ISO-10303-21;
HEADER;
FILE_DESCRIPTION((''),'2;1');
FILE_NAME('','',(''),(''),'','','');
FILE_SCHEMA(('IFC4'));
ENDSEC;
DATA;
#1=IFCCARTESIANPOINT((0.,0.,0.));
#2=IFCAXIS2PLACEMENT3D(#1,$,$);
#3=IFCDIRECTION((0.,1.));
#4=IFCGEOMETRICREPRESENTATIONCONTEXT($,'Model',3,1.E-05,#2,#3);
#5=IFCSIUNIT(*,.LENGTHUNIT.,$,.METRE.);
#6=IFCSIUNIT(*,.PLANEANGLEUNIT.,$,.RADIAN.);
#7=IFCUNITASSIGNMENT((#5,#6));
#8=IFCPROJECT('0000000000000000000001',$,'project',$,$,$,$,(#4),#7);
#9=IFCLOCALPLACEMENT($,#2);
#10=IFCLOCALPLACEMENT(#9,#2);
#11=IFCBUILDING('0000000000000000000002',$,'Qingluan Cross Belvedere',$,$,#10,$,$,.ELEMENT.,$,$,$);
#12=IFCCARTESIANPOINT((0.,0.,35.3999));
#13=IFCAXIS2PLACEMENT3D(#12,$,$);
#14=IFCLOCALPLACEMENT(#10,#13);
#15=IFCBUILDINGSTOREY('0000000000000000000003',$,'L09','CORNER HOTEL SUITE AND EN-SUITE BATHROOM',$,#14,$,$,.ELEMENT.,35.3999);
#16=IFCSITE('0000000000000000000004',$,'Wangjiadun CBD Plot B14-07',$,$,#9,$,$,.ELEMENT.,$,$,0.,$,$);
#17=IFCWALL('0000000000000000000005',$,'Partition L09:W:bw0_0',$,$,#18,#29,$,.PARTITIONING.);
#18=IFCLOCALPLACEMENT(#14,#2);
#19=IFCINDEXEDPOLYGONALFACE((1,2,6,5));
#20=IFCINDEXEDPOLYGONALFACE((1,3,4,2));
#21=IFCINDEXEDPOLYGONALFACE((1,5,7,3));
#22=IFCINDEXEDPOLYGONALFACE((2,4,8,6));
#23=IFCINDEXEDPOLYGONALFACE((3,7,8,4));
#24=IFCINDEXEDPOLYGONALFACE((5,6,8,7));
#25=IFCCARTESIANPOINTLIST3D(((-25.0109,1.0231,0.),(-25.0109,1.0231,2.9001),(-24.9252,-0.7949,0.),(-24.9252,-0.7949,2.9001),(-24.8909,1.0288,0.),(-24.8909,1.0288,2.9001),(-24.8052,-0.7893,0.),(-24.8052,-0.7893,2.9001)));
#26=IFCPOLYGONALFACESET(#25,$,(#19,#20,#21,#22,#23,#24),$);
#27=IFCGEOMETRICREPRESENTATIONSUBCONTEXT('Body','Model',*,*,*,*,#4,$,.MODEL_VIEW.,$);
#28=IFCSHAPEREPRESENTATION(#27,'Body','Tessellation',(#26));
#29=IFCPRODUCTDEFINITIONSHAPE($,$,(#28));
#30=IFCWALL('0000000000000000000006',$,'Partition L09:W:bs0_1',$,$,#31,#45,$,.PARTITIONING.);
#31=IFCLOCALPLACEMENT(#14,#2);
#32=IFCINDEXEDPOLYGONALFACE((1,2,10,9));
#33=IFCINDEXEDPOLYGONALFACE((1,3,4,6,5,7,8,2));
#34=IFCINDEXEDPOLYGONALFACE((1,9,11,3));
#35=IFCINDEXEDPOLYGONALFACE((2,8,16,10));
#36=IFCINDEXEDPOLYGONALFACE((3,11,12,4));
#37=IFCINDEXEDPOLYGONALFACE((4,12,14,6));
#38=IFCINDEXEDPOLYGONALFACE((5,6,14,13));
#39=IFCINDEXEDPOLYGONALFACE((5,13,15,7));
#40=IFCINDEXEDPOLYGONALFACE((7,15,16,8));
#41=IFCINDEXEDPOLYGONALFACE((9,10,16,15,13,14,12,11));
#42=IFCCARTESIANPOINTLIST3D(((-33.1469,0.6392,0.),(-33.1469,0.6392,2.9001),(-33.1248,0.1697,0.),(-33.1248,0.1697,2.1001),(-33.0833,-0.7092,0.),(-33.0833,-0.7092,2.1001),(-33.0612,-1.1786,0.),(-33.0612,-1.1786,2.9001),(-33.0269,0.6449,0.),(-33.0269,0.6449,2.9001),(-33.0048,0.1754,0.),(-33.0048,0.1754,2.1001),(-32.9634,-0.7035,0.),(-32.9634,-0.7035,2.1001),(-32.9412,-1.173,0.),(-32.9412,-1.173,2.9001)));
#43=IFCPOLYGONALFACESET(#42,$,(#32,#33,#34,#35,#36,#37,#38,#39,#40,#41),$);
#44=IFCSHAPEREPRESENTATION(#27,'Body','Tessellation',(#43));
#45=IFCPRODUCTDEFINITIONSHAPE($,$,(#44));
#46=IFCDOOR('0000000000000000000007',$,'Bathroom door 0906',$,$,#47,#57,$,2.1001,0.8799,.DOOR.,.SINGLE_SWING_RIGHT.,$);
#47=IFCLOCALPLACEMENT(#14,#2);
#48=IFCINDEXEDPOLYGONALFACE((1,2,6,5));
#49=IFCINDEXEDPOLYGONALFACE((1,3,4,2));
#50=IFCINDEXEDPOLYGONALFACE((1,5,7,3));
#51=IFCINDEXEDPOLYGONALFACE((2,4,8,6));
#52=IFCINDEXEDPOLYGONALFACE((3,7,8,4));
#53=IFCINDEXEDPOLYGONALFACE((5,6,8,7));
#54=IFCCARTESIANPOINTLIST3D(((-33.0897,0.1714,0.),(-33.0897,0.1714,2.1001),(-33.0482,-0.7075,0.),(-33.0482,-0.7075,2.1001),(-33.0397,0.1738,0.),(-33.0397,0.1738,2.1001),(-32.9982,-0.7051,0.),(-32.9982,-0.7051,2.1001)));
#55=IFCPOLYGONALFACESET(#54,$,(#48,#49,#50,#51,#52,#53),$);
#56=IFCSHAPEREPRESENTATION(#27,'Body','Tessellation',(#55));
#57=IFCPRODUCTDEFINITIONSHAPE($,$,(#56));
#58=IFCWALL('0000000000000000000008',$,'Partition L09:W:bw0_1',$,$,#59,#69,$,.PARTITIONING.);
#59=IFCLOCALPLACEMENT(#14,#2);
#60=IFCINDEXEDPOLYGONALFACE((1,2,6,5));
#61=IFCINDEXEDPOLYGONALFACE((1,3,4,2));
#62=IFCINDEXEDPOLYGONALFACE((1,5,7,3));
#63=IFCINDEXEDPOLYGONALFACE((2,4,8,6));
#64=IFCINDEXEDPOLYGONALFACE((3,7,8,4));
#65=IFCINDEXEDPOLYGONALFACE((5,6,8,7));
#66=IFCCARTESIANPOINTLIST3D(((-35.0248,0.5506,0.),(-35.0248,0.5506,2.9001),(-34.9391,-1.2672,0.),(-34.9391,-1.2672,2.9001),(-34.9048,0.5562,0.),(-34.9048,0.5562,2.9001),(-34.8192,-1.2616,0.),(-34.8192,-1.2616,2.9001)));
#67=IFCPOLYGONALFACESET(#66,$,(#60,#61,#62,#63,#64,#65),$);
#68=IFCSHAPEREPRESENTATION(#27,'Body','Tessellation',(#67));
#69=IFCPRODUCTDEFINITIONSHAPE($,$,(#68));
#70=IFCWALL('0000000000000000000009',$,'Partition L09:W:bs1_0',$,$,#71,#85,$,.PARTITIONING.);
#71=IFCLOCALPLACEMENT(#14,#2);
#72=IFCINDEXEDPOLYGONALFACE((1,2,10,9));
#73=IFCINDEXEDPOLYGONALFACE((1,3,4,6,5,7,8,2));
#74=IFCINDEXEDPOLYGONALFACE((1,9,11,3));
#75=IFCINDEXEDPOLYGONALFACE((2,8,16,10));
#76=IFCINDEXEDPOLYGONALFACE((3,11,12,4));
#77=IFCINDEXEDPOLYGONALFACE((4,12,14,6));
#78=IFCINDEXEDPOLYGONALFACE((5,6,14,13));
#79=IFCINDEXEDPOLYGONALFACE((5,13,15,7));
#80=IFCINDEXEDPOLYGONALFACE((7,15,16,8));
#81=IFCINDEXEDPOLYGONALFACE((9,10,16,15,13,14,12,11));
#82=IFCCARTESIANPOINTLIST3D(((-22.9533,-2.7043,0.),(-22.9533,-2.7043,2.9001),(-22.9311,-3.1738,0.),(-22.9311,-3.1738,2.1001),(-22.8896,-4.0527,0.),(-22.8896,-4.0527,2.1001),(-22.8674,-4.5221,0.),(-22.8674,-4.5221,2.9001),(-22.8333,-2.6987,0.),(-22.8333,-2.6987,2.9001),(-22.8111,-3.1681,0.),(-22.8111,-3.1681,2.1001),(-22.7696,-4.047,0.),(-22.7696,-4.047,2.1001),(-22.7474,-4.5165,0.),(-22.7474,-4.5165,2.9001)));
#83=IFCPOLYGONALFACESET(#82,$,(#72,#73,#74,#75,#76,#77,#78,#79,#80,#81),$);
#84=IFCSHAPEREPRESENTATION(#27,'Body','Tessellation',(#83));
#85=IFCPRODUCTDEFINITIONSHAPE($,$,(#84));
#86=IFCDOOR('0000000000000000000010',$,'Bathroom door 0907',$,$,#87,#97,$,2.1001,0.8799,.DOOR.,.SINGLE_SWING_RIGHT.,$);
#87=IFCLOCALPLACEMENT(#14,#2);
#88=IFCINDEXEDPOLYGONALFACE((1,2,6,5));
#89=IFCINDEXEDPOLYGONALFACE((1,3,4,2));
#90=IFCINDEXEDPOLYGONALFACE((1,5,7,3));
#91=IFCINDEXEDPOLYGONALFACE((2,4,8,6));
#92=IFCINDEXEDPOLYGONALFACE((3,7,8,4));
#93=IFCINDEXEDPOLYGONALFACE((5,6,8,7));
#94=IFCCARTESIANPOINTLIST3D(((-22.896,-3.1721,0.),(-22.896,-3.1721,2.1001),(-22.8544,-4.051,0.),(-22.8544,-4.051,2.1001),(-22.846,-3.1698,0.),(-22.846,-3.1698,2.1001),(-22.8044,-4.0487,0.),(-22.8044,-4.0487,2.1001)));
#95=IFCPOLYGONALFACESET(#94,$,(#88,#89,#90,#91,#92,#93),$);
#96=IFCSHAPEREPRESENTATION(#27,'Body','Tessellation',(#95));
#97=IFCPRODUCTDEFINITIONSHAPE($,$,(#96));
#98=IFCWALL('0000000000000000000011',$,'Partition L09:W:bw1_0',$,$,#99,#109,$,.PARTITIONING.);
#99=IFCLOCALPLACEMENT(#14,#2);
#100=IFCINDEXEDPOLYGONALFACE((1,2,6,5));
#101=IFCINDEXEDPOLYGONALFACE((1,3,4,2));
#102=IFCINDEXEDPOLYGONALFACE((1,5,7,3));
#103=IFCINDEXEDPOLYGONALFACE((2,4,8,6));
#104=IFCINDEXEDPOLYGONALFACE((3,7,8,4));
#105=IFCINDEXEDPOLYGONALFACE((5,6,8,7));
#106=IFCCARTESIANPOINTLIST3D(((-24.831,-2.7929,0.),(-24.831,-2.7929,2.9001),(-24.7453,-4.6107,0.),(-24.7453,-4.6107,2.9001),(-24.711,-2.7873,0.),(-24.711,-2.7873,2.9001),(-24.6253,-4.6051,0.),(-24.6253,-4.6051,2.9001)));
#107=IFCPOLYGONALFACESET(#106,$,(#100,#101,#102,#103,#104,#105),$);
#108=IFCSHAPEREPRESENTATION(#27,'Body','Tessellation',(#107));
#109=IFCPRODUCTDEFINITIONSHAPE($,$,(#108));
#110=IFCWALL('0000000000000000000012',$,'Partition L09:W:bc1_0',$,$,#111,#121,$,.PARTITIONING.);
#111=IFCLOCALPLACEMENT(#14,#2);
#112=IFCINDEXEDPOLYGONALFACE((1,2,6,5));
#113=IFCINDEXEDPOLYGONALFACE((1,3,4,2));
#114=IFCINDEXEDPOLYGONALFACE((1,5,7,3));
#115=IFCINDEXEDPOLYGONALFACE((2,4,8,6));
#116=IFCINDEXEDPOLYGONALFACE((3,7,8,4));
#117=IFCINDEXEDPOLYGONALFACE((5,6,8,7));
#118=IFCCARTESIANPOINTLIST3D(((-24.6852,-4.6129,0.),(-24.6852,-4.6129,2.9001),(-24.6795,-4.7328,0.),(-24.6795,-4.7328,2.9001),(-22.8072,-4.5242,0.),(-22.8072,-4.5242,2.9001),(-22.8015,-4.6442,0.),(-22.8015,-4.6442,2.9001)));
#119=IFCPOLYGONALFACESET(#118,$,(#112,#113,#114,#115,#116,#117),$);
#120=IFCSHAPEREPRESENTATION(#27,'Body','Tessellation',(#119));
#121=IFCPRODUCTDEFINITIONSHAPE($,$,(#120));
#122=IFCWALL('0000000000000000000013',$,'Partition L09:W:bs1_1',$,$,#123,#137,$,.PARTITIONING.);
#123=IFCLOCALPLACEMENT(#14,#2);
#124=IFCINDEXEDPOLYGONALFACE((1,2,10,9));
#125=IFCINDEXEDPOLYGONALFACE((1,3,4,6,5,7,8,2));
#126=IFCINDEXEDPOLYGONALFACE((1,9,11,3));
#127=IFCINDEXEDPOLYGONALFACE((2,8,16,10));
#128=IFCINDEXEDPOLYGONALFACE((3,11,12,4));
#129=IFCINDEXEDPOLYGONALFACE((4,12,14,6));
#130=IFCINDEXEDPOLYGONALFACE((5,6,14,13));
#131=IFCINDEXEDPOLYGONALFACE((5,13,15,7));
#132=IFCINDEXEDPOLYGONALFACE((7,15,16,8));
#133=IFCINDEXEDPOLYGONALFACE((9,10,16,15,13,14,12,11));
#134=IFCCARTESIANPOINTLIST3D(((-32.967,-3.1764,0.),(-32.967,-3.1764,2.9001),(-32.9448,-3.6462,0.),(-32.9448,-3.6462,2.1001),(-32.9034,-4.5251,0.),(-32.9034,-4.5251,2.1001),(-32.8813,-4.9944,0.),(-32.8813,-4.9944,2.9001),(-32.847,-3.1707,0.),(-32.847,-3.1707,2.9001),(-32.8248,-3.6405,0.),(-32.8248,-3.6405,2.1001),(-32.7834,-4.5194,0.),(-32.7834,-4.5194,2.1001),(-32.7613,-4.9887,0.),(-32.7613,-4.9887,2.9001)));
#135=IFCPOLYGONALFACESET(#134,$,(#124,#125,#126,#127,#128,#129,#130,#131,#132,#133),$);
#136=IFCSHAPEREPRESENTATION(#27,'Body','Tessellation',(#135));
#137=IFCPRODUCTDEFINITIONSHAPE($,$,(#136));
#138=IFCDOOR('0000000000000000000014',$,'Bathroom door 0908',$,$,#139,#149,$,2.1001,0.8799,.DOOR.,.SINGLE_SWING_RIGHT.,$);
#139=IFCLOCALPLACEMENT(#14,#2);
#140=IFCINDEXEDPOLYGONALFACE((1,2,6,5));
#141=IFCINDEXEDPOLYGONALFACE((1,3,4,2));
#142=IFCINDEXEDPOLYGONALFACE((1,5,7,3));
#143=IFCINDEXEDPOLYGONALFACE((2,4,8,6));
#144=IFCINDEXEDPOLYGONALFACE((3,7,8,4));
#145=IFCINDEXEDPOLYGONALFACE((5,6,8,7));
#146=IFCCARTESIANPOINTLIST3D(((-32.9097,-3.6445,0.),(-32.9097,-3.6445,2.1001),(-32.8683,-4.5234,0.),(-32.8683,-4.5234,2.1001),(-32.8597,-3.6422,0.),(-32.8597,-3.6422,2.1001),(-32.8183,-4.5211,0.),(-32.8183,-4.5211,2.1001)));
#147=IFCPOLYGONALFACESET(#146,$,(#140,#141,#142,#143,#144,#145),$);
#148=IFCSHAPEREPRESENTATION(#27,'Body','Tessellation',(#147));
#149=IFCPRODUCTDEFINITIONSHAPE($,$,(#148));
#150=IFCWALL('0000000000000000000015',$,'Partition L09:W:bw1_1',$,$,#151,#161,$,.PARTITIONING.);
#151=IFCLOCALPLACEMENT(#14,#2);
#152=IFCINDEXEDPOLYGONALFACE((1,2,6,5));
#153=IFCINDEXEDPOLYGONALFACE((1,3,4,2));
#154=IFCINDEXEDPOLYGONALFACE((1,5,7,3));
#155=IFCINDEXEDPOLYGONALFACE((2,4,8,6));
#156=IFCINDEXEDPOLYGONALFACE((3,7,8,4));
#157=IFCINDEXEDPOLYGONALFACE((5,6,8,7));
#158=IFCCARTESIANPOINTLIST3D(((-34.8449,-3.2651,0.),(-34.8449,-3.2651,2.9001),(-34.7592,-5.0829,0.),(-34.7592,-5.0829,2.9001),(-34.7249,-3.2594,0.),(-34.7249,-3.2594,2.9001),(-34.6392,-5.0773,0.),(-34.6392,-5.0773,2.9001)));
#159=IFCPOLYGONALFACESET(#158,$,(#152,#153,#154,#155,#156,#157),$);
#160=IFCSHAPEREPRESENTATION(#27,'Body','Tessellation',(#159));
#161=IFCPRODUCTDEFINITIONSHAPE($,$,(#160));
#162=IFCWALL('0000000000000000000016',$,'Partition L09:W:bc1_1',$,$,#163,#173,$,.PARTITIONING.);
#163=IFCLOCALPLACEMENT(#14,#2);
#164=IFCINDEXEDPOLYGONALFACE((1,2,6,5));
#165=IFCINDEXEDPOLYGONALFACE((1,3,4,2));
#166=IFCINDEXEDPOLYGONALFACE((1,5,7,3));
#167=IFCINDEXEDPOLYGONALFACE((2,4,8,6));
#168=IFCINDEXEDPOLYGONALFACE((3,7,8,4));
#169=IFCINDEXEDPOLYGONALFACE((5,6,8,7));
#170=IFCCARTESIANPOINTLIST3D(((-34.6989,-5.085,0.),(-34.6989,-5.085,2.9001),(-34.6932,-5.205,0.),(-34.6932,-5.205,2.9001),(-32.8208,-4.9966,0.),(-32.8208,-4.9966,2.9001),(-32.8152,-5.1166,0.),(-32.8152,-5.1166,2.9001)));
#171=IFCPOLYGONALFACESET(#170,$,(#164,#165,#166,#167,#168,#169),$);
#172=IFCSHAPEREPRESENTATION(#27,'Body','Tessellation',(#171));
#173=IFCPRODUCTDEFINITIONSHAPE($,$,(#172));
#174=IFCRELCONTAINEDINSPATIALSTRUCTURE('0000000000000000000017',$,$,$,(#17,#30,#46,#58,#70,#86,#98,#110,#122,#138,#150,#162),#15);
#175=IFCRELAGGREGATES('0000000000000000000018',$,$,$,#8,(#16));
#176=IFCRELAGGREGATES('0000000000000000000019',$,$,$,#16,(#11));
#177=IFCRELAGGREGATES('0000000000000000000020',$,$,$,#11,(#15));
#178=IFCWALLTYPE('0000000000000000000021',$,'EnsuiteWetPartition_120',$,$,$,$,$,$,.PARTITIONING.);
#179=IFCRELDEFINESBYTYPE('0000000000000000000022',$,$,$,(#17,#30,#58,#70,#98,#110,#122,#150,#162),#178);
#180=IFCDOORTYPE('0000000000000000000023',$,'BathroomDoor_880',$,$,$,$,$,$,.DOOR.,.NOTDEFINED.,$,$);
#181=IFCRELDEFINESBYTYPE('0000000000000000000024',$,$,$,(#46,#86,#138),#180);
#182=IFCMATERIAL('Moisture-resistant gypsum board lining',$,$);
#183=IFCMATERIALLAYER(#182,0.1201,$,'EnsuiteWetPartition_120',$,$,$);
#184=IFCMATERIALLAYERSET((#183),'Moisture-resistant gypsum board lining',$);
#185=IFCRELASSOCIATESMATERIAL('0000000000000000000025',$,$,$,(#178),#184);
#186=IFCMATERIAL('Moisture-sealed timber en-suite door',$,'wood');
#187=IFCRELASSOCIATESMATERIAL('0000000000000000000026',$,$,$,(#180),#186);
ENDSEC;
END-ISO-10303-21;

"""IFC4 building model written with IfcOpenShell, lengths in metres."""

from ifc_helpers import new_model, si_unit, direction, frame, frame_2d, origin, place, context, subcontext, project, spatial, rectangle, extrude, material, layer, layer_set, type_object, element, fill, save


model = new_model("IFC4")

# Units and contexts
model_context = context("Model", 3, precision=1e-05, world=origin(), true_north=direction((0.0, 1.0)))
body_context = subcontext(model_context, "Body", "Model", "MODEL_VIEW")
ifc_project = project(units=[si_unit("LENGTHUNIT", "METRE"), si_unit("PLANEANGLEUNIT", "RADIAN")], contexts=[model_context])

# Site, building, storey
site_placement = place(None, origin())
site = spatial("IfcSite", under=ifc_project, at=site_placement, Name="Wangjiadun CBD Plot B14-07", CompositionType="ELEMENT", RefElevation=0.0)
building_placement = place(site_placement, origin())
building = spatial("IfcBuilding", under=site, at=building_placement, Name="Qingluan Cross Belvedere", CompositionType="ELEMENT")
storey_placement = place(building_placement, frame((0.0, 0.0, 35.3999)))
storey = spatial("IfcBuildingStorey", under=building, at=storey_placement, Name="L09", Description="CORNER HOTEL SUITE AND EN-SUITE BATHROOM", CompositionType="ELEMENT", Elevation=35.3999)

# Shared definitions
ifc_material_1 = material(Name="Moisture-resistant gypsum board lining")
ifc_layer_1 = layer(ifc_material_1, 0.1201, Name="EnsuiteWetPartition_120")
ifc_layer_set_1 = layer_set([ifc_layer_1], Name="Moisture-resistant gypsum board lining")
wall_type_1 = type_object("IfcWallType", Name="EnsuiteWetPartition_120", PredefinedType="PARTITIONING", material=ifc_layer_set_1)
ifc_material_2 = material(Name="Moisture-sealed timber en-suite door", Category="wood")
door_type_1 = type_object("IfcDoorType", Name="BathroomDoor_880", OperationType="NOTDEFINED", PredefinedType="DOOR", material=ifc_material_2)

# Wall
wall_1_placement = place(storey_placement, frame((-24.8652, -0.7922, 0.0), z_axis=(0.0, 0.0, 1.0), x_axis=(-0.047081, 0.998891, 0.0)))
element("IfcWall", 1, at=wall_1_placement, inside=storey, type_object=wall_type_1, Name="Partition L09:W:bw0_0", PredefinedType="PARTITIONING", context=body_context, shape_type="SweptSolid", body=[
    extrude(rectangle(XDim=1.8201, YDim=0.1201, at=frame_2d((0.9102, 0.0))), origin(), (0.0, 0.0, 1.0), 2.9001),
])

# Wall, opening, door
wall_2_placement = place(storey_placement, frame((-33.0012, -1.1758, 0.0), z_axis=(0.0, 0.0, 1.0), x_axis=(-0.047087, 0.998891, 0.0)))
wall_2 = element("IfcWall", 2, at=wall_2_placement, inside=storey, type_object=wall_type_1, Name="Partition L09:W:bs0_1", PredefinedType="PARTITIONING", context=body_context, shape_type="SweptSolid", body=[
    extrude(rectangle(XDim=1.8198, YDim=0.1201, at=frame_2d((0.9099, 0.0))), origin(), (0.0, 0.0, 1.0), 2.9001),
])
opening_1_placement = place(wall_2_placement, frame((0.47, 0.0, 0.0)))
opening_1 = element("IfcOpeningElement", 3, at=opening_1_placement, cuts=wall_2, PredefinedType="OPENING", context=body_context, shape_type="SweptSolid", body=[
    extrude(rectangle(XDim=0.8799, YDim=2.1001, at=frame_2d((0.4399, 1.05))), frame((0.0, 0.0701, 0.0), z_axis=(0.0, -1.0, 0.0), x_axis=(1.0, 0.0, 0.0)), (0.0, 0.0, 1.0), 0.1401),
])
door_1_placement = place(opening_1_placement, origin())
door_1 = element("IfcDoor", 4, at=door_1_placement, inside=storey, type_object=door_type_1, Name="Bathroom door 0906", OperationType="SINGLE_SWING_RIGHT", OverallHeight=2.1001, OverallWidth=0.8799, PredefinedType="DOOR", context=body_context, shape_type="SweptSolid", body=[
    extrude(rectangle(XDim=0.8799, YDim=2.1001, at=frame_2d((0.4399, 1.05))), frame((0.0, 0.0249, 0.0), z_axis=(0.0, -1.0, 0.0), x_axis=(1.0, 0.0, 0.0)), (0.0, 0.0, 1.0), 0.05),
])
fill(opening_1, door_1)

# Wall
wall_3_placement = place(storey_placement, frame((-34.8792, -1.2644, 0.0), z_axis=(0.0, 0.0, 1.0), x_axis=(-0.047087, 0.998891, 0.0)))
element("IfcWall", 5, at=wall_3_placement, inside=storey, type_object=wall_type_1, Name="Partition L09:W:bw0_1", PredefinedType="PARTITIONING", context=body_context, shape_type="SweptSolid", body=[
    extrude(rectangle(XDim=1.8198, YDim=0.1201, at=frame_2d((0.9099, 0.0))), origin(), (0.0, 0.0, 1.0), 2.9001),
])

# Wall, opening, door
wall_4_placement = place(storey_placement, frame((-22.8074, -4.5193, 0.0), z_axis=(0.0, 0.0, 1.0), x_axis=(-0.047221, 0.998884, 0.0)))
wall_4 = element("IfcWall", 6, at=wall_4_placement, inside=storey, type_object=wall_type_1, Name="Partition L09:W:bs1_0", PredefinedType="PARTITIONING", context=body_context, shape_type="SweptSolid", body=[
    extrude(rectangle(XDim=1.8198, YDim=0.1201, at=frame_2d((0.9099, 0.0))), origin(), (0.0, 0.0, 1.0), 2.9001),
])
opening_2_placement = place(wall_4_placement, frame((0.47, 0.0, 0.0)))
opening_2 = element("IfcOpeningElement", 7, at=opening_2_placement, cuts=wall_4, PredefinedType="OPENING", context=body_context, shape_type="SweptSolid", body=[
    extrude(rectangle(XDim=0.8799, YDim=2.1001, at=frame_2d((0.4399, 1.05))), frame((0.0, 0.0701, 0.0), z_axis=(0.0, -1.0, 0.0), x_axis=(1.0, 0.0, 0.0)), (0.0, 0.0, 1.0), 0.1401),
])
door_2_placement = place(opening_2_placement, origin())
door_2 = element("IfcDoor", 8, at=door_2_placement, inside=storey, type_object=door_type_1, Name="Bathroom door 0907", OperationType="SINGLE_SWING_RIGHT", OverallHeight=2.1001, OverallWidth=0.8799, PredefinedType="DOOR", context=body_context, shape_type="SweptSolid", body=[
    extrude(rectangle(XDim=0.8799, YDim=2.1001, at=frame_2d((0.4399, 1.05))), frame((0.0, 0.0249, 0.0), z_axis=(0.0, -1.0, 0.0), x_axis=(1.0, 0.0, 0.0)), (0.0, 0.0, 1.0), 0.05),
])
fill(opening_2, door_2)

# Walls
wall_5_placement = place(storey_placement, frame((-24.6853, -4.6079, 0.0), z_axis=(0.0, 0.0, 1.0), x_axis=(-0.047087, 0.998891, 0.0)))
element("IfcWall", 9, at=wall_5_placement, inside=storey, type_object=wall_type_1, Name="Partition L09:W:bw1_0", PredefinedType="PARTITIONING", context=body_context, shape_type="SweptSolid", body=[
    extrude(rectangle(XDim=1.8198, YDim=0.1201, at=frame_2d((0.9099, 0.0))), origin(), (0.0, 0.0, 1.0), 2.9001),
])
wall_6_placement = place(storey_placement, frame((-22.8044, -4.5842, 0.0), z_axis=(0.0, 0.0, 1.0), x_axis=(-0.998888, -0.047139, 0.0)))
element("IfcWall", 10, at=wall_6_placement, inside=storey, type_object=wall_type_1, Name="Partition L09:W:bc1_0", PredefinedType="PARTITIONING", context=body_context, shape_type="SweptSolid", body=[
    extrude(rectangle(XDim=1.8801, YDim=0.1201, at=frame_2d((0.9399, 0.0))), origin(), (0.0, 0.0, 1.0), 2.9001),
])

# Wall, opening, door
wall_7_placement = place(storey_placement, frame((-32.8213, -4.9917, 0.0), z_axis=(0.0, 0.0, 1.0), x_axis=(-0.047081, 0.998891, 0.0)))
wall_7 = element("IfcWall", 11, at=wall_7_placement, inside=storey, type_object=wall_type_1, Name="Partition L09:W:bs1_1", PredefinedType="PARTITIONING", context=body_context, shape_type="SweptSolid", body=[
    extrude(rectangle(XDim=1.8201, YDim=0.1201, at=frame_2d((0.9102, 0.0))), origin(), (0.0, 0.0, 1.0), 2.9001),
])
opening_3_placement = place(wall_7_placement, frame((0.47, 0.0, 0.0)))
opening_3 = element("IfcOpeningElement", 12, at=opening_3_placement, cuts=wall_7, PredefinedType="OPENING", context=body_context, shape_type="SweptSolid", body=[
    extrude(rectangle(XDim=0.8799, YDim=2.1001, at=frame_2d((0.4399, 1.05))), frame((0.0, 0.0701, 0.0), z_axis=(0.0, -1.0, 0.0), x_axis=(1.0, 0.0, 0.0)), (0.0, 0.0, 1.0), 0.1401),
])
door_3_placement = place(opening_3_placement, origin())
door_3 = element("IfcDoor", 13, at=door_3_placement, inside=storey, type_object=door_type_1, Name="Bathroom door 0908", OperationType="SINGLE_SWING_RIGHT", OverallHeight=2.1001, OverallWidth=0.8799, PredefinedType="DOOR", context=body_context, shape_type="SweptSolid", body=[
    extrude(rectangle(XDim=0.8799, YDim=2.1001, at=frame_2d((0.4399, 1.05))), frame((0.0, 0.0249, 0.0), z_axis=(0.0, -1.0, 0.0), x_axis=(1.0, 0.0, 0.0)), (0.0, 0.0, 1.0), 0.05),
])
fill(opening_3, door_3)

# Walls
wall_8_placement = place(storey_placement, frame((-34.6992, -5.0801, 0.0), z_axis=(0.0, 0.0, 1.0), x_axis=(-0.047087, 0.998891, 0.0)))
element("IfcWall", 14, at=wall_8_placement, inside=storey, type_object=wall_type_1, Name="Partition L09:W:bw1_1", PredefinedType="PARTITIONING", context=body_context, shape_type="SweptSolid", body=[
    extrude(rectangle(XDim=1.8198, YDim=0.1201, at=frame_2d((0.9099, 0.0))), origin(), (0.0, 0.0, 1.0), 2.9001),
])
wall_9_placement = place(storey_placement, frame((-32.8181, -5.0566, 0.0), z_axis=(0.0, 0.0, 1.0), x_axis=(-0.998894, -0.04701, 0.0)))
element("IfcWall", 15, at=wall_9_placement, inside=storey, type_object=wall_type_1, Name="Partition L09:W:bc1_1", PredefinedType="PARTITIONING", context=body_context, shape_type="SweptSolid", body=[
    extrude(rectangle(XDim=1.8801, YDim=0.1201, at=frame_2d((0.9399, 0.0))), origin(), (0.0, 0.0, 1.0), 2.9001),
])

save(model, "model.ifc")
